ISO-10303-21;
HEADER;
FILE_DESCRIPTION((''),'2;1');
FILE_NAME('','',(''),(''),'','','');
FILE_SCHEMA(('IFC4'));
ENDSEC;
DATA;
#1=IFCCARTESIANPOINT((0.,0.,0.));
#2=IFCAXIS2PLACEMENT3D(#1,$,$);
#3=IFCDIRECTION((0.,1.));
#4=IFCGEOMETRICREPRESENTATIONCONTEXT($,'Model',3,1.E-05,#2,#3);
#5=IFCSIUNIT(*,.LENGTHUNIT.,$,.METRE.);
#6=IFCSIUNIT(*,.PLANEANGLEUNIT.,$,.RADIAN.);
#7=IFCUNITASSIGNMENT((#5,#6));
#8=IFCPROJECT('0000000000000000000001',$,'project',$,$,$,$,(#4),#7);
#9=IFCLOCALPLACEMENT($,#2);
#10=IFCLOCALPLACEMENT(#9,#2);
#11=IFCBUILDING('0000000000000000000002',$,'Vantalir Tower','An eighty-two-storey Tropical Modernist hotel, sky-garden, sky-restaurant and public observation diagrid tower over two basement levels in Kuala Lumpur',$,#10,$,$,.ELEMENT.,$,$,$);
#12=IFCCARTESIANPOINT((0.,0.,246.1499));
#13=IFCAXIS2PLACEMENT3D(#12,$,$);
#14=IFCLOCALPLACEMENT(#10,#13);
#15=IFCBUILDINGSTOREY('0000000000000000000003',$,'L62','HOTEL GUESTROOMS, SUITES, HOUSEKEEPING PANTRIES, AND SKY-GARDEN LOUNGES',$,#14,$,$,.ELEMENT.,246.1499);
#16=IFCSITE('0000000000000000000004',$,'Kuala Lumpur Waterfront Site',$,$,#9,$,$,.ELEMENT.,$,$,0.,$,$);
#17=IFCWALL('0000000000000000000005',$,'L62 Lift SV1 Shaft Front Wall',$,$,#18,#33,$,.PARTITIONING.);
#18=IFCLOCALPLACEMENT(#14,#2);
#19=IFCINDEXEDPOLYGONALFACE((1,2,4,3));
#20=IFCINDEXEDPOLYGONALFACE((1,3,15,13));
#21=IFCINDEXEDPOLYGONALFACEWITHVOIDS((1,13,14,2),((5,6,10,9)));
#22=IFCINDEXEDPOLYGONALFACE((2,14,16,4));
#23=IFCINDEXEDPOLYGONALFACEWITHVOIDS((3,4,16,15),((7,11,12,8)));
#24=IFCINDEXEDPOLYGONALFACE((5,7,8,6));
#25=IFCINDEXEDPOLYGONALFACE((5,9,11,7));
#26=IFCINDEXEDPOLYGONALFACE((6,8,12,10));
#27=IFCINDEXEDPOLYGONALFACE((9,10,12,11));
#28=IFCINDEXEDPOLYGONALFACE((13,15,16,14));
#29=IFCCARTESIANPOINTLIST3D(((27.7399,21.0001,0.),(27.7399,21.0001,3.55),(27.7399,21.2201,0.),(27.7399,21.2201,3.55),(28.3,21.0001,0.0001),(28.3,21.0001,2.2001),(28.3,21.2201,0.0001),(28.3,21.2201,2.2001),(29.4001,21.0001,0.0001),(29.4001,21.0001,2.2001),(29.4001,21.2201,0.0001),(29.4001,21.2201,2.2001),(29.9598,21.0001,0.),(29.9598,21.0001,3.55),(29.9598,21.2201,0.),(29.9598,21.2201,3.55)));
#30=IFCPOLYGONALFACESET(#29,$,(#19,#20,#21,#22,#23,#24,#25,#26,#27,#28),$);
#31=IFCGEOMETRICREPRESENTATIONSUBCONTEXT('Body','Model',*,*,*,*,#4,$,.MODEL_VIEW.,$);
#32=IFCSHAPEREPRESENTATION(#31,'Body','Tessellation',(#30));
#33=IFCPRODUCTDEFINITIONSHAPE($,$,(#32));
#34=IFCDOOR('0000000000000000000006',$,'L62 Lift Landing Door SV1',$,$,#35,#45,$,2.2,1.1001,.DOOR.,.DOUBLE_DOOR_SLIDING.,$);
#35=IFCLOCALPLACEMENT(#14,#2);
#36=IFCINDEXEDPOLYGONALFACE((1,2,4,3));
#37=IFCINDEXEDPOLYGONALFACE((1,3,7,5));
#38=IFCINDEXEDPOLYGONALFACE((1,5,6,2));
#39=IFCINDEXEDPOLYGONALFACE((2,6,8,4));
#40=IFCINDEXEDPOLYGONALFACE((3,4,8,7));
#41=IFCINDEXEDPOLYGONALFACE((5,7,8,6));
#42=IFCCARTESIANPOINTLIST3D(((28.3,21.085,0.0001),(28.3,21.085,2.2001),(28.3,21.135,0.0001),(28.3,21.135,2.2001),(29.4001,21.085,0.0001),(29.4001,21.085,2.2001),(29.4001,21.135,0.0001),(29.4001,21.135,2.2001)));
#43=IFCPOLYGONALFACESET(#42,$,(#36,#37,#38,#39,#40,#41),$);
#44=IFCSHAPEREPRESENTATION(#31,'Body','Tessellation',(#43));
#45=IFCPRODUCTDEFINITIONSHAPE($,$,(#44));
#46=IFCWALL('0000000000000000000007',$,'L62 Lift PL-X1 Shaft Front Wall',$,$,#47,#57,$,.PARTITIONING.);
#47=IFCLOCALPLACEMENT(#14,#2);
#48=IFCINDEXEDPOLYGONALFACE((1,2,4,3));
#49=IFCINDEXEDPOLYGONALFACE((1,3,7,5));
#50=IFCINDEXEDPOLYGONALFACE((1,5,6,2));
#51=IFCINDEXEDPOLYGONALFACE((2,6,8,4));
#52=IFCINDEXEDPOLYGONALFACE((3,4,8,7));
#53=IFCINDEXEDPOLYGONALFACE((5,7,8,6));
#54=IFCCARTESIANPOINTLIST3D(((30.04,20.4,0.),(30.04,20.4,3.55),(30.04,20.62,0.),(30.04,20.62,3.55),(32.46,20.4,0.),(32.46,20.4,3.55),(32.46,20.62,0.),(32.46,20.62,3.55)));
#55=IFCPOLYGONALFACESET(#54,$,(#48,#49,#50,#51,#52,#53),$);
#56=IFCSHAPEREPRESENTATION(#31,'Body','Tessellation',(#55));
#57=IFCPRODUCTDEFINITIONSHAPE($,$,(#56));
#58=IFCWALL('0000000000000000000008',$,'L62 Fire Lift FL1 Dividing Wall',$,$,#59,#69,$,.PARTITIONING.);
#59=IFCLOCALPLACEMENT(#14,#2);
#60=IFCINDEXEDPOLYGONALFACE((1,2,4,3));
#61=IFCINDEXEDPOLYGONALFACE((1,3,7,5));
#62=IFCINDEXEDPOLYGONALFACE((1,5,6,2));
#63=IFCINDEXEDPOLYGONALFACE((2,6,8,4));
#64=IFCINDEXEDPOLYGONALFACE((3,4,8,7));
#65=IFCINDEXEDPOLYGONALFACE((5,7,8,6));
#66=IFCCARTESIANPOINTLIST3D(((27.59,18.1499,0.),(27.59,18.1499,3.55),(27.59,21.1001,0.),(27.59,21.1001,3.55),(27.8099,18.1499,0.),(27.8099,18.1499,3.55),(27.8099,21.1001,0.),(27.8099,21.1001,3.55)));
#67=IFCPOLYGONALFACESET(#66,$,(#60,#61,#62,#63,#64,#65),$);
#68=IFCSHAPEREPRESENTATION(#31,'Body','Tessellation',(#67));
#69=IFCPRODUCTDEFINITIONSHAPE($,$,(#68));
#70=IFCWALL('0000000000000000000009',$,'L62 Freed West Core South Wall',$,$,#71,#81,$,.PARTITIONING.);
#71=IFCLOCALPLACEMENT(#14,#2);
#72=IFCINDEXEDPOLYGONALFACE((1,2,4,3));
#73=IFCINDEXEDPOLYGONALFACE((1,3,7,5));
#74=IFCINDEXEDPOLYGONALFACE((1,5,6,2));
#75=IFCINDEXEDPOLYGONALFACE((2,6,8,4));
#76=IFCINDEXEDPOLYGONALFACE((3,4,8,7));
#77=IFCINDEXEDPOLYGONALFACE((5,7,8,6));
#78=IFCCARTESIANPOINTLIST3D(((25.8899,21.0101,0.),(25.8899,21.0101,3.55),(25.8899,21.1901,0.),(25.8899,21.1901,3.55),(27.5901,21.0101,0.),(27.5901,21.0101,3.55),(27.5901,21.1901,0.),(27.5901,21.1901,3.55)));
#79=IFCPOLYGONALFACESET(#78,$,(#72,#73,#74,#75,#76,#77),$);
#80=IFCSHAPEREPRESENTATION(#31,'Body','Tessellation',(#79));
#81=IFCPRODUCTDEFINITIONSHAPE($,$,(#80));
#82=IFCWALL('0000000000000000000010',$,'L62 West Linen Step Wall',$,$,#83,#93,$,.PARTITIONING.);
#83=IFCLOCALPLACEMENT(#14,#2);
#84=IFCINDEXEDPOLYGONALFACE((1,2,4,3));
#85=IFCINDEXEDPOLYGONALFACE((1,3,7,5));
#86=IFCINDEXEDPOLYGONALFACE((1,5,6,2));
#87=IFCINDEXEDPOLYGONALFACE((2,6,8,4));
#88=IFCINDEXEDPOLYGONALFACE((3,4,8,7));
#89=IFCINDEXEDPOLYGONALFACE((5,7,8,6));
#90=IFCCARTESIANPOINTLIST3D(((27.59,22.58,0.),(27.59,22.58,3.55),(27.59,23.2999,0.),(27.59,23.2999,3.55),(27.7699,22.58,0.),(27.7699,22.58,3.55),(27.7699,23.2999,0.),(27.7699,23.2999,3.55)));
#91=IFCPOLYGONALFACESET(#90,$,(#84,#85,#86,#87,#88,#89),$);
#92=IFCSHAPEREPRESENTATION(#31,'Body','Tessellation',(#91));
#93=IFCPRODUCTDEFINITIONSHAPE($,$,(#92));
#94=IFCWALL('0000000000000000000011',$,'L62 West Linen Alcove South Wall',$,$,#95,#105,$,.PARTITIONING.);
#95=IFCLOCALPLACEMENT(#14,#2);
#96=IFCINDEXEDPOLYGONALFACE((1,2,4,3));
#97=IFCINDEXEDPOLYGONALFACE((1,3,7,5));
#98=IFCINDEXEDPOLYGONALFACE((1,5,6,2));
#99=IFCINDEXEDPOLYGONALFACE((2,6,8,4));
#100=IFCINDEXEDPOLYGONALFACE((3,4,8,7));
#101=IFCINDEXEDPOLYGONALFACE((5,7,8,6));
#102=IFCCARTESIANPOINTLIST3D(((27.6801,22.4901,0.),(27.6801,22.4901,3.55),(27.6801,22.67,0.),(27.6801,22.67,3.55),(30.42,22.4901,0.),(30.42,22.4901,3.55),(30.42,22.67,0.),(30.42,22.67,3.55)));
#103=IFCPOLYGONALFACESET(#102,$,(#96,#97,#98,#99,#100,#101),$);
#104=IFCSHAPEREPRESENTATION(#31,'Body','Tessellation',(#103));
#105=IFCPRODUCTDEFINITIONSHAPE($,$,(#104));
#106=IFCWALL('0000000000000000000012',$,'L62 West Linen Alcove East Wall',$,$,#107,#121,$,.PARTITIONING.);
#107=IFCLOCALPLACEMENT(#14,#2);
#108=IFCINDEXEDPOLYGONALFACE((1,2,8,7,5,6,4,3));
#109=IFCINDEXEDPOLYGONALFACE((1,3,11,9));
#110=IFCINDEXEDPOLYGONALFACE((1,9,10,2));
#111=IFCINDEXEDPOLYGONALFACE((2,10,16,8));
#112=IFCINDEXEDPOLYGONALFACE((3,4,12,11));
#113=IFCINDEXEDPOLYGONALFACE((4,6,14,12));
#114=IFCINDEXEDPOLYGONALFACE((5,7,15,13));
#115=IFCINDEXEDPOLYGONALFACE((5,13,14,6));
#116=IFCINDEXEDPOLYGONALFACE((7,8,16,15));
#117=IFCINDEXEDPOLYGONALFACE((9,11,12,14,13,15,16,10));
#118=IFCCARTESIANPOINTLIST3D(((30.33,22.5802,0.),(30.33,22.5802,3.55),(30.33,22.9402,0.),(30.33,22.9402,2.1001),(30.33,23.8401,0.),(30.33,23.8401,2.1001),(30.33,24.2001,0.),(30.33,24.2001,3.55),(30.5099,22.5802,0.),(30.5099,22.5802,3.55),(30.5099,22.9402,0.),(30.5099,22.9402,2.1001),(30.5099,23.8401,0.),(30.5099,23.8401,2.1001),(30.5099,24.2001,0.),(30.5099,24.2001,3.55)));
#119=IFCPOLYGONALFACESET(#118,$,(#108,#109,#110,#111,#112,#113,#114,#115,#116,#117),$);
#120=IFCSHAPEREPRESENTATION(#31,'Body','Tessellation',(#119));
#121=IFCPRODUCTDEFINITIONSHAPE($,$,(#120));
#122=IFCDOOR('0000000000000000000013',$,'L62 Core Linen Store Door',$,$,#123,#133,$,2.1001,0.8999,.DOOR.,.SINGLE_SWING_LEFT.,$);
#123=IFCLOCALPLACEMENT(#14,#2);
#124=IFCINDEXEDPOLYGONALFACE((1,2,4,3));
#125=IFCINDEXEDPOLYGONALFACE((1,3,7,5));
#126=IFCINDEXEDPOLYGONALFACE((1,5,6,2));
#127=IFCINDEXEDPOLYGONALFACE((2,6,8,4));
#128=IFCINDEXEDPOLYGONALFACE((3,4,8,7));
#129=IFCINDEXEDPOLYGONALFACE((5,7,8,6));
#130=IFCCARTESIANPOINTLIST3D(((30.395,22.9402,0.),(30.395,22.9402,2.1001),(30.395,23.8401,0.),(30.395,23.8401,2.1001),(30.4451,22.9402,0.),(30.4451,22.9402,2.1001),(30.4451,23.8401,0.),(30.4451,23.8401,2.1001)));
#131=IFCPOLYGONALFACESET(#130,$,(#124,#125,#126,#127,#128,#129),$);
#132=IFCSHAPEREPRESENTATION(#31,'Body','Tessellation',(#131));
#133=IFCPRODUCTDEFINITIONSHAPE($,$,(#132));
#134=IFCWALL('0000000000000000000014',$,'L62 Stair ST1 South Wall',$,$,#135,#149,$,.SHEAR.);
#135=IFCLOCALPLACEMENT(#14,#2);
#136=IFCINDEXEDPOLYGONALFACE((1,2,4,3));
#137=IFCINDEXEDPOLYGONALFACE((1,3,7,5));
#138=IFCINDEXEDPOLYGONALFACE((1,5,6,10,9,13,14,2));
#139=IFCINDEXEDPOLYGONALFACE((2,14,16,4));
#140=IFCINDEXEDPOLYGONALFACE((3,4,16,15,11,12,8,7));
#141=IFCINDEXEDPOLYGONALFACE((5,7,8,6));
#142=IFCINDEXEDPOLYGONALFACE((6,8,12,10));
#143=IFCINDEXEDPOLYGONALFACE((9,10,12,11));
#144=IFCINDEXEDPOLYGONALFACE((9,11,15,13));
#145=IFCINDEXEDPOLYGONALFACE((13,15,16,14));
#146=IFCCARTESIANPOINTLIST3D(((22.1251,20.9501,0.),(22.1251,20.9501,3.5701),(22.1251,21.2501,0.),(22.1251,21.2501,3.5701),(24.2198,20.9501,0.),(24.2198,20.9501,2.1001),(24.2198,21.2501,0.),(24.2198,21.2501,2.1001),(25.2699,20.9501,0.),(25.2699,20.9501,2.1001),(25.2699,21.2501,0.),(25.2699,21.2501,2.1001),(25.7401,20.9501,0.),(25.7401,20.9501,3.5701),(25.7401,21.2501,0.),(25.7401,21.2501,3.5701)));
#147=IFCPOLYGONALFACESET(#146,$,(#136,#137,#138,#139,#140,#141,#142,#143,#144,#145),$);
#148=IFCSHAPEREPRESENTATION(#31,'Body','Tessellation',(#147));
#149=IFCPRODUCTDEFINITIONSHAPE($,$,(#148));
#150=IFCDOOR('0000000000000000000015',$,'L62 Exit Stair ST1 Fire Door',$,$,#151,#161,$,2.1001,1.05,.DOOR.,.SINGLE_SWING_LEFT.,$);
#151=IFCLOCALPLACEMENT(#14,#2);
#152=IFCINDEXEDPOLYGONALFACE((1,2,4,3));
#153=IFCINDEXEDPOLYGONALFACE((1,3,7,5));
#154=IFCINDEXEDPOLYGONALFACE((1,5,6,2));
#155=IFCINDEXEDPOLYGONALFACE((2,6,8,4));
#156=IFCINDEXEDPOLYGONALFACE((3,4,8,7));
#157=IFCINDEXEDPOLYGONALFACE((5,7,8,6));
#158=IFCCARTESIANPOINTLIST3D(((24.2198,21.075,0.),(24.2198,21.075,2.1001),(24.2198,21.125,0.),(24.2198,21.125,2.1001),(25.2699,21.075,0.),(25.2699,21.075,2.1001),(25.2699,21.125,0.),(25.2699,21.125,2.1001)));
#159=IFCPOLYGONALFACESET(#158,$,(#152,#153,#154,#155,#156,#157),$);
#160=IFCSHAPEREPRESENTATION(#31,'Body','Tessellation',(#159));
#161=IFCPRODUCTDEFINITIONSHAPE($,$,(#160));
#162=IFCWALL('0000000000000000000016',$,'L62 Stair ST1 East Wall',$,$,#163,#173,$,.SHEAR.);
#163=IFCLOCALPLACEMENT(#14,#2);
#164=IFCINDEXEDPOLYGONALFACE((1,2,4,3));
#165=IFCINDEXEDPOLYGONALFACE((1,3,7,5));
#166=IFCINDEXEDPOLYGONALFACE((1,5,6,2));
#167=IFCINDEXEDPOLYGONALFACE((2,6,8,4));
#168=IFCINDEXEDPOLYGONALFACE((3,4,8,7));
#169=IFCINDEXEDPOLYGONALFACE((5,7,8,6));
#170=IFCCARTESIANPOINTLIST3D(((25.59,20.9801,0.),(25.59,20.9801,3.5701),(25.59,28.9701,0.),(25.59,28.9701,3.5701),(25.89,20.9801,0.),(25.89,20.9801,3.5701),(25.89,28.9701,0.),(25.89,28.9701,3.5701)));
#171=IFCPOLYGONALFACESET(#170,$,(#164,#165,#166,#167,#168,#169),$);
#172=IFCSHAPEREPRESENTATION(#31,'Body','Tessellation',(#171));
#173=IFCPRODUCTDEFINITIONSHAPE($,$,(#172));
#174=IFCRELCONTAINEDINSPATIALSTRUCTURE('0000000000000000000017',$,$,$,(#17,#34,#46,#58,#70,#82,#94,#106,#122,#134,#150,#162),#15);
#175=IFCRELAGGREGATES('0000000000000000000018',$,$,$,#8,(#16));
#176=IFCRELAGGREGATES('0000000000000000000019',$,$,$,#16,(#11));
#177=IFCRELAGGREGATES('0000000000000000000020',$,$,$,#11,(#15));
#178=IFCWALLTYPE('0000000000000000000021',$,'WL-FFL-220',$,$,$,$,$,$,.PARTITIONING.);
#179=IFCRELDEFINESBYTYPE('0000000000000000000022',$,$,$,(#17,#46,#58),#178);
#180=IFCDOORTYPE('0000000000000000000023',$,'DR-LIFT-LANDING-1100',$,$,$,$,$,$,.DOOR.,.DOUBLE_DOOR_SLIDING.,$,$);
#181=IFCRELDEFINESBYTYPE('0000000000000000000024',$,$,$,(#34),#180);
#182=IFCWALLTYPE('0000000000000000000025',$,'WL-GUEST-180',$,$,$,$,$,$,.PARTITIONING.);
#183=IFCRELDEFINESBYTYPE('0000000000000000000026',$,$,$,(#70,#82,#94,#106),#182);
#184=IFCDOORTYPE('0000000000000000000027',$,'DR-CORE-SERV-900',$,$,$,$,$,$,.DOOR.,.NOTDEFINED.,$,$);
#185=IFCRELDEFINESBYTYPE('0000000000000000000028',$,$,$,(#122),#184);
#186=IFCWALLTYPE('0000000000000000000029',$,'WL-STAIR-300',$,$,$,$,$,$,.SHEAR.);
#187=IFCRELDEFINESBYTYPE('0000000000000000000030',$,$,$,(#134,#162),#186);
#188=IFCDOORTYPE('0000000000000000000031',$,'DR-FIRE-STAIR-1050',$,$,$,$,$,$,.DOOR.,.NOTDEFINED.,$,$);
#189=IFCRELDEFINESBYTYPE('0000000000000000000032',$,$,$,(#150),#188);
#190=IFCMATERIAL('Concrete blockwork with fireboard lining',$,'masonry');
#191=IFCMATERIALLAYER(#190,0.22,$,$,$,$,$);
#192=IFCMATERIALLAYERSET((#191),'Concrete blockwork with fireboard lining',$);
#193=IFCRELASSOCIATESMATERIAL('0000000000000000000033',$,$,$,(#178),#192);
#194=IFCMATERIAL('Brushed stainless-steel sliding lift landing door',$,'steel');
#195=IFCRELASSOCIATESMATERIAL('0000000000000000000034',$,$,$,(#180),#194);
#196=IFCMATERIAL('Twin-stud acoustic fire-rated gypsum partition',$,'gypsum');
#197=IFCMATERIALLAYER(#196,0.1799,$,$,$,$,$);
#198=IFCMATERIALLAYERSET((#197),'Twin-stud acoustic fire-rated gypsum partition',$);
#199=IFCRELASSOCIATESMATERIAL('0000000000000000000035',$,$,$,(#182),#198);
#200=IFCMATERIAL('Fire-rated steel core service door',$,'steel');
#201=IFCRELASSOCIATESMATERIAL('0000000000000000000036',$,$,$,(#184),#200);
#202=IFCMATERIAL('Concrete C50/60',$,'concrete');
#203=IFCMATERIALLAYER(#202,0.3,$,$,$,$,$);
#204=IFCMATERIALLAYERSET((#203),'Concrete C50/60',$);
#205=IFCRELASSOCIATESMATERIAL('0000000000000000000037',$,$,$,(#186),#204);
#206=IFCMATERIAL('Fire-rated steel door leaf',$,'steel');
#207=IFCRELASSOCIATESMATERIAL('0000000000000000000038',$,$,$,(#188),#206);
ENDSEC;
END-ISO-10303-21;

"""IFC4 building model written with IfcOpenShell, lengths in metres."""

from ifc_helpers import new_model, si_unit, direction, frame, frame_2d, origin, place, context, subcontext, project, spatial, rectangle, extrude, material, layer, layer_set, type_object, element, fill, save


model = new_model("IFC4")

# Units and contexts
model_context = context("Model", 3, precision=1e-05, world=origin(), true_north=direction((0.0, 1.0)))
body_context = subcontext(model_context, "Body", "Model", "MODEL_VIEW")
ifc_project = project(units=[si_unit("LENGTHUNIT", "METRE"), si_unit("PLANEANGLEUNIT", "RADIAN")], contexts=[model_context])

# Site, building, storey
site_placement = place(None, origin())
site = spatial("IfcSite", under=ifc_project, at=site_placement, Name="Kuala Lumpur Waterfront Site", CompositionType="ELEMENT", RefElevation=0.0)
building_placement = place(site_placement, origin())
building = spatial("IfcBuilding", under=site, at=building_placement, Name="Vantalir Tower", Description="An eighty-two-storey Tropical Modernist hotel, sky-garden, sky-restaurant and public observation diagrid tower over two basement levels in Kuala Lumpur", CompositionType="ELEMENT")
storey_placement = place(building_placement, frame((0.0, 0.0, 246.1499)))
storey = spatial("IfcBuildingStorey", under=building, at=storey_placement, Name="L62", Description="HOTEL GUESTROOMS, SUITES, HOUSEKEEPING PANTRIES, AND SKY-GARDEN LOUNGES", CompositionType="ELEMENT", Elevation=246.1499)

# Shared definitions
ifc_material_1 = material(Name="Concrete C50/60", Category="concrete")

# Shared definitions
ifc_material_2 = material(Name="Concrete blockwork with fireboard lining", Category="masonry")
ifc_layer_1 = layer(ifc_material_2, 0.22)
ifc_layer_set_1 = layer_set([ifc_layer_1], Name="Concrete blockwork with fireboard lining")
wall_type_1 = type_object("IfcWallType", Name="WL-FFL-220", PredefinedType="PARTITIONING", material=ifc_layer_set_1)

# Wall, opening, door
ifc_material_3 = material(Name="Brushed stainless-steel sliding lift landing door", Category="steel")
door_type_1 = type_object("IfcDoorType", Name="DR-LIFT-LANDING-1100", OperationType="DOUBLE_DOOR_SLIDING", PredefinedType="DOOR", material=ifc_material_3)
wall_1_placement = place(storey_placement, frame((27.74, 21.1101, 0.0), z_axis=(0.0, 0.0, 1.0), x_axis=(1.0, 0.0, 0.0)))
wall_1 = element("IfcWall", 1, at=wall_1_placement, inside=storey, type_object=wall_type_1, Name="L62 Lift SV1 Shaft Front Wall", PredefinedType="PARTITIONING", context=body_context, shape_type="SweptSolid", body=[
    extrude(rectangle(XDim=2.22, YDim=0.22, at=frame_2d((1.1099, 0.0))), origin(), (0.0, 0.0, 1.0), 3.55),
])
opening_1_placement = place(wall_1_placement, frame((0.5601, 0.0, 0.0)))
opening_1 = element("IfcOpeningElement", 2, at=opening_1_placement, cuts=wall_1, PredefinedType="OPENING", context=body_context, shape_type="SweptSolid", body=[
    extrude(rectangle(XDim=1.1001, YDim=2.2, at=frame_2d((0.55, 1.1001))), frame((0.0, 0.1199, 0.0), z_axis=(0.0, -1.0, 0.0), x_axis=(1.0, 0.0, 0.0)), (0.0, 0.0, 1.0), 0.24),
])
door_1_placement = place(opening_1_placement, origin())
door_1 = element("IfcDoor", 3, at=door_1_placement, inside=storey, type_object=door_type_1, Name="L62 Lift Landing Door SV1", OperationType="DOUBLE_DOOR_SLIDING", OverallHeight=2.2, OverallWidth=1.1001, PredefinedType="DOOR", context=body_context, shape_type="SweptSolid", body=[
    extrude(rectangle(XDim=1.1001, YDim=2.2, at=frame_2d((0.55, 1.1001))), frame((0.0, 0.0249, 0.0), z_axis=(0.0, -1.0, 0.0), x_axis=(1.0, 0.0, 0.0)), (0.0, 0.0, 1.0), 0.05),
])
fill(opening_1, door_1)

# Walls
wall_2_placement = place(storey_placement, frame((30.04, 20.51, 0.0), z_axis=(0.0, 0.0, 1.0), x_axis=(1.0, 0.0, 0.0)))
element("IfcWall", 4, at=wall_2_placement, inside=storey, type_object=wall_type_1, Name="L62 Lift PL-X1 Shaft Front Wall", PredefinedType="PARTITIONING", context=body_context, shape_type="SweptSolid", body=[
    extrude(rectangle(XDim=2.4199, YDim=0.22, at=frame_2d((1.21, 0.0))), origin(), (0.0, 0.0, 1.0), 3.55),
])
wall_3_placement = place(storey_placement, frame((27.7, 18.1499, 0.0), z_axis=(0.0, 0.0, 1.0), x_axis=(0.0, 1.0, 0.0)))
element("IfcWall", 5, at=wall_3_placement, inside=storey, type_object=wall_type_1, Name="L62 Fire Lift FL1 Dividing Wall", PredefinedType="PARTITIONING", context=body_context, shape_type="SweptSolid", body=[
    extrude(rectangle(XDim=2.9502, YDim=0.22, at=frame_2d((1.4751, 0.0))), origin(), (0.0, 0.0, 1.0), 3.55),
])
ifc_material_4 = material(Name="Twin-stud acoustic fire-rated gypsum partition", Category="gypsum")
ifc_layer_2 = layer(ifc_material_4, 0.1799)
ifc_layer_set_2 = layer_set([ifc_layer_2], Name="Twin-stud acoustic fire-rated gypsum partition")
wall_type_2 = type_object("IfcWallType", Name="WL-GUEST-180", PredefinedType="PARTITIONING", material=ifc_layer_set_2)
wall_4_placement = place(storey_placement, frame((25.8899, 21.1001, 0.0), z_axis=(0.0, 0.0, 1.0), x_axis=(1.0, 0.0, 0.0)))
element("IfcWall", 6, at=wall_4_placement, inside=storey, type_object=wall_type_2, Name="L62 Freed West Core South Wall", PredefinedType="PARTITIONING", context=body_context, shape_type="SweptSolid", body=[
    extrude(rectangle(XDim=1.7002, YDim=0.1799, at=frame_2d((0.8501, 0.0))), origin(), (0.0, 0.0, 1.0), 3.55),
])
wall_5_placement = place(storey_placement, frame((27.6799, 22.5801, 0.0), z_axis=(0.0, 0.0, 1.0), x_axis=(0.0, 1.0, 0.0)))
element("IfcWall", 7, at=wall_5_placement, inside=storey, type_object=wall_type_2, Name="L62 West Linen Step Wall", PredefinedType="PARTITIONING", context=body_context, shape_type="SweptSolid", body=[
    extrude(rectangle(XDim=0.72, YDim=0.1799, at=frame_2d((0.3599, 0.0))), origin(), (0.0, 0.0, 1.0), 3.55),
])
wall_6_placement = place(storey_placement, frame((27.6799, 22.5801, 0.0), z_axis=(0.0, 0.0, 1.0), x_axis=(1.0, 0.0, 0.0)))
element("IfcWall", 8, at=wall_6_placement, inside=storey, type_object=wall_type_2, Name="L62 West Linen Alcove South Wall", PredefinedType="PARTITIONING", context=body_context, shape_type="SweptSolid", body=[
    extrude(rectangle(XDim=2.74, YDim=0.1799, at=frame_2d((1.3701, 0.0))), origin(), (0.0, 0.0, 1.0), 3.55),
])

# Walls, openings, doors
wall_7_placement = place(storey_placement, frame((30.4199, 22.5801, 0.0), z_axis=(0.0, 0.0, 1.0), x_axis=(0.0, 1.0, 0.0)))
wall_7 = element("IfcWall", 9, at=wall_7_placement, inside=storey, type_object=wall_type_2, Name="L62 West Linen Alcove East Wall", PredefinedType="PARTITIONING", context=body_context, shape_type="SweptSolid", body=[
    extrude(rectangle(XDim=1.6199, YDim=0.1799, at=frame_2d((0.8101, 0.0))), origin(), (0.0, 0.0, 1.0), 3.55),
])
opening_2_placement = place(wall_7_placement, frame((0.3601, 0.0, 0.0)))
opening_2 = element("IfcOpeningElement", 10, at=opening_2_placement, cuts=wall_7, PredefinedType="OPENING", context=body_context, shape_type="SweptSolid", body=[
    extrude(rectangle(XDim=0.8999, YDim=2.1001, at=frame_2d((0.45, 1.05))), frame((0.0, 0.0999, 0.0), z_axis=(0.0, -1.0, 0.0), x_axis=(1.0, 0.0, 0.0)), (0.0, 0.0, 1.0), 0.2),
])
ifc_material_5 = material(Name="Fire-rated steel core service door", Category="steel")
door_type_2 = type_object("IfcDoorType", Name="DR-CORE-SERV-900", OperationType="NOTDEFINED", PredefinedType="DOOR", material=ifc_material_5)
door_2_placement = place(opening_2_placement, origin())
door_2 = element("IfcDoor", 11, at=door_2_placement, inside=storey, type_object=door_type_2, Name="L62 Core Linen Store Door", OperationType="SINGLE_SWING_LEFT", OverallHeight=2.1001, OverallWidth=0.8999, PredefinedType="DOOR", context=body_context, shape_type="SweptSolid", body=[
    extrude(rectangle(XDim=0.8999, YDim=2.1001, at=frame_2d((0.45, 1.05))), frame((0.0, 0.0249, 0.0), z_axis=(0.0, -1.0, 0.0), x_axis=(1.0, 0.0, 0.0)), (0.0, 0.0, 1.0), 0.05),
])
fill(opening_2, door_2)
ifc_layer_3 = layer(ifc_material_1, 0.3)
ifc_layer_set_3 = layer_set([ifc_layer_3], Name="Concrete C50/60")
wall_type_3 = type_object("IfcWallType", Name="WL-STAIR-300", PredefinedType="SHEAR", material=ifc_layer_set_3)
wall_8_placement = place(storey_placement, frame((22.125, 21.1001, 0.0), z_axis=(0.0, 0.0, 1.0), x_axis=(1.0, 0.0, 0.0)))
wall_8 = element("IfcWall", 12, at=wall_8_placement, inside=storey, type_object=wall_type_3, Name="L62 Stair ST1 South Wall", PredefinedType="SHEAR", context=body_context, shape_type="SweptSolid", body=[
    extrude(rectangle(XDim=3.615, YDim=0.3, at=frame_2d((1.8076, 0.0))), origin(), (0.0, 0.0, 1.0), 3.5701),
])
opening_3_placement = place(wall_8_placement, frame((2.095, 0.0, 0.0)))
opening_3 = element("IfcOpeningElement", 13, at=opening_3_placement, cuts=wall_8, PredefinedType="OPENING", context=body_context, shape_type="SweptSolid", body=[
    extrude(rectangle(XDim=1.05, YDim=2.1001, at=frame_2d((0.5249, 1.05))), frame((0.0, 0.1599, 0.0), z_axis=(0.0, -1.0, 0.0), x_axis=(1.0, 0.0, 0.0)), (0.0, 0.0, 1.0), 0.3201),
])
ifc_material_6 = material(Name="Fire-rated steel door leaf", Category="steel")
door_type_3 = type_object("IfcDoorType", Name="DR-FIRE-STAIR-1050", OperationType="NOTDEFINED", PredefinedType="DOOR", material=ifc_material_6)
door_3_placement = place(opening_3_placement, origin())
door_3 = element("IfcDoor", 14, at=door_3_placement, inside=storey, type_object=door_type_3, Name="L62 Exit Stair ST1 Fire Door", OperationType="SINGLE_SWING_LEFT", OverallHeight=2.1001, OverallWidth=1.05, PredefinedType="DOOR", context=body_context, shape_type="SweptSolid", body=[
    extrude(rectangle(XDim=1.05, YDim=2.1001, at=frame_2d((0.5249, 1.05))), frame((0.0, 0.0249, 0.0), z_axis=(0.0, -1.0, 0.0), x_axis=(1.0, 0.0, 0.0)), (0.0, 0.0, 1.0), 0.05),
])
fill(opening_3, door_3)

# Wall
wall_9_placement = place(storey_placement, frame((25.74, 20.98, 0.0), z_axis=(0.0, 0.0, 1.0), x_axis=(0.0, 1.0, 0.0)))
element("IfcWall", 15, at=wall_9_placement, inside=storey, type_object=wall_type_3, Name="L62 Stair ST1 East Wall", PredefinedType="SHEAR", context=body_context, shape_type="SweptSolid", body=[
    extrude(rectangle(XDim=7.99, YDim=0.3, at=frame_2d((3.9951, 0.0))), origin(), (0.0, 0.0, 1.0), 3.5701),
])

save(model, "model.ifc")
